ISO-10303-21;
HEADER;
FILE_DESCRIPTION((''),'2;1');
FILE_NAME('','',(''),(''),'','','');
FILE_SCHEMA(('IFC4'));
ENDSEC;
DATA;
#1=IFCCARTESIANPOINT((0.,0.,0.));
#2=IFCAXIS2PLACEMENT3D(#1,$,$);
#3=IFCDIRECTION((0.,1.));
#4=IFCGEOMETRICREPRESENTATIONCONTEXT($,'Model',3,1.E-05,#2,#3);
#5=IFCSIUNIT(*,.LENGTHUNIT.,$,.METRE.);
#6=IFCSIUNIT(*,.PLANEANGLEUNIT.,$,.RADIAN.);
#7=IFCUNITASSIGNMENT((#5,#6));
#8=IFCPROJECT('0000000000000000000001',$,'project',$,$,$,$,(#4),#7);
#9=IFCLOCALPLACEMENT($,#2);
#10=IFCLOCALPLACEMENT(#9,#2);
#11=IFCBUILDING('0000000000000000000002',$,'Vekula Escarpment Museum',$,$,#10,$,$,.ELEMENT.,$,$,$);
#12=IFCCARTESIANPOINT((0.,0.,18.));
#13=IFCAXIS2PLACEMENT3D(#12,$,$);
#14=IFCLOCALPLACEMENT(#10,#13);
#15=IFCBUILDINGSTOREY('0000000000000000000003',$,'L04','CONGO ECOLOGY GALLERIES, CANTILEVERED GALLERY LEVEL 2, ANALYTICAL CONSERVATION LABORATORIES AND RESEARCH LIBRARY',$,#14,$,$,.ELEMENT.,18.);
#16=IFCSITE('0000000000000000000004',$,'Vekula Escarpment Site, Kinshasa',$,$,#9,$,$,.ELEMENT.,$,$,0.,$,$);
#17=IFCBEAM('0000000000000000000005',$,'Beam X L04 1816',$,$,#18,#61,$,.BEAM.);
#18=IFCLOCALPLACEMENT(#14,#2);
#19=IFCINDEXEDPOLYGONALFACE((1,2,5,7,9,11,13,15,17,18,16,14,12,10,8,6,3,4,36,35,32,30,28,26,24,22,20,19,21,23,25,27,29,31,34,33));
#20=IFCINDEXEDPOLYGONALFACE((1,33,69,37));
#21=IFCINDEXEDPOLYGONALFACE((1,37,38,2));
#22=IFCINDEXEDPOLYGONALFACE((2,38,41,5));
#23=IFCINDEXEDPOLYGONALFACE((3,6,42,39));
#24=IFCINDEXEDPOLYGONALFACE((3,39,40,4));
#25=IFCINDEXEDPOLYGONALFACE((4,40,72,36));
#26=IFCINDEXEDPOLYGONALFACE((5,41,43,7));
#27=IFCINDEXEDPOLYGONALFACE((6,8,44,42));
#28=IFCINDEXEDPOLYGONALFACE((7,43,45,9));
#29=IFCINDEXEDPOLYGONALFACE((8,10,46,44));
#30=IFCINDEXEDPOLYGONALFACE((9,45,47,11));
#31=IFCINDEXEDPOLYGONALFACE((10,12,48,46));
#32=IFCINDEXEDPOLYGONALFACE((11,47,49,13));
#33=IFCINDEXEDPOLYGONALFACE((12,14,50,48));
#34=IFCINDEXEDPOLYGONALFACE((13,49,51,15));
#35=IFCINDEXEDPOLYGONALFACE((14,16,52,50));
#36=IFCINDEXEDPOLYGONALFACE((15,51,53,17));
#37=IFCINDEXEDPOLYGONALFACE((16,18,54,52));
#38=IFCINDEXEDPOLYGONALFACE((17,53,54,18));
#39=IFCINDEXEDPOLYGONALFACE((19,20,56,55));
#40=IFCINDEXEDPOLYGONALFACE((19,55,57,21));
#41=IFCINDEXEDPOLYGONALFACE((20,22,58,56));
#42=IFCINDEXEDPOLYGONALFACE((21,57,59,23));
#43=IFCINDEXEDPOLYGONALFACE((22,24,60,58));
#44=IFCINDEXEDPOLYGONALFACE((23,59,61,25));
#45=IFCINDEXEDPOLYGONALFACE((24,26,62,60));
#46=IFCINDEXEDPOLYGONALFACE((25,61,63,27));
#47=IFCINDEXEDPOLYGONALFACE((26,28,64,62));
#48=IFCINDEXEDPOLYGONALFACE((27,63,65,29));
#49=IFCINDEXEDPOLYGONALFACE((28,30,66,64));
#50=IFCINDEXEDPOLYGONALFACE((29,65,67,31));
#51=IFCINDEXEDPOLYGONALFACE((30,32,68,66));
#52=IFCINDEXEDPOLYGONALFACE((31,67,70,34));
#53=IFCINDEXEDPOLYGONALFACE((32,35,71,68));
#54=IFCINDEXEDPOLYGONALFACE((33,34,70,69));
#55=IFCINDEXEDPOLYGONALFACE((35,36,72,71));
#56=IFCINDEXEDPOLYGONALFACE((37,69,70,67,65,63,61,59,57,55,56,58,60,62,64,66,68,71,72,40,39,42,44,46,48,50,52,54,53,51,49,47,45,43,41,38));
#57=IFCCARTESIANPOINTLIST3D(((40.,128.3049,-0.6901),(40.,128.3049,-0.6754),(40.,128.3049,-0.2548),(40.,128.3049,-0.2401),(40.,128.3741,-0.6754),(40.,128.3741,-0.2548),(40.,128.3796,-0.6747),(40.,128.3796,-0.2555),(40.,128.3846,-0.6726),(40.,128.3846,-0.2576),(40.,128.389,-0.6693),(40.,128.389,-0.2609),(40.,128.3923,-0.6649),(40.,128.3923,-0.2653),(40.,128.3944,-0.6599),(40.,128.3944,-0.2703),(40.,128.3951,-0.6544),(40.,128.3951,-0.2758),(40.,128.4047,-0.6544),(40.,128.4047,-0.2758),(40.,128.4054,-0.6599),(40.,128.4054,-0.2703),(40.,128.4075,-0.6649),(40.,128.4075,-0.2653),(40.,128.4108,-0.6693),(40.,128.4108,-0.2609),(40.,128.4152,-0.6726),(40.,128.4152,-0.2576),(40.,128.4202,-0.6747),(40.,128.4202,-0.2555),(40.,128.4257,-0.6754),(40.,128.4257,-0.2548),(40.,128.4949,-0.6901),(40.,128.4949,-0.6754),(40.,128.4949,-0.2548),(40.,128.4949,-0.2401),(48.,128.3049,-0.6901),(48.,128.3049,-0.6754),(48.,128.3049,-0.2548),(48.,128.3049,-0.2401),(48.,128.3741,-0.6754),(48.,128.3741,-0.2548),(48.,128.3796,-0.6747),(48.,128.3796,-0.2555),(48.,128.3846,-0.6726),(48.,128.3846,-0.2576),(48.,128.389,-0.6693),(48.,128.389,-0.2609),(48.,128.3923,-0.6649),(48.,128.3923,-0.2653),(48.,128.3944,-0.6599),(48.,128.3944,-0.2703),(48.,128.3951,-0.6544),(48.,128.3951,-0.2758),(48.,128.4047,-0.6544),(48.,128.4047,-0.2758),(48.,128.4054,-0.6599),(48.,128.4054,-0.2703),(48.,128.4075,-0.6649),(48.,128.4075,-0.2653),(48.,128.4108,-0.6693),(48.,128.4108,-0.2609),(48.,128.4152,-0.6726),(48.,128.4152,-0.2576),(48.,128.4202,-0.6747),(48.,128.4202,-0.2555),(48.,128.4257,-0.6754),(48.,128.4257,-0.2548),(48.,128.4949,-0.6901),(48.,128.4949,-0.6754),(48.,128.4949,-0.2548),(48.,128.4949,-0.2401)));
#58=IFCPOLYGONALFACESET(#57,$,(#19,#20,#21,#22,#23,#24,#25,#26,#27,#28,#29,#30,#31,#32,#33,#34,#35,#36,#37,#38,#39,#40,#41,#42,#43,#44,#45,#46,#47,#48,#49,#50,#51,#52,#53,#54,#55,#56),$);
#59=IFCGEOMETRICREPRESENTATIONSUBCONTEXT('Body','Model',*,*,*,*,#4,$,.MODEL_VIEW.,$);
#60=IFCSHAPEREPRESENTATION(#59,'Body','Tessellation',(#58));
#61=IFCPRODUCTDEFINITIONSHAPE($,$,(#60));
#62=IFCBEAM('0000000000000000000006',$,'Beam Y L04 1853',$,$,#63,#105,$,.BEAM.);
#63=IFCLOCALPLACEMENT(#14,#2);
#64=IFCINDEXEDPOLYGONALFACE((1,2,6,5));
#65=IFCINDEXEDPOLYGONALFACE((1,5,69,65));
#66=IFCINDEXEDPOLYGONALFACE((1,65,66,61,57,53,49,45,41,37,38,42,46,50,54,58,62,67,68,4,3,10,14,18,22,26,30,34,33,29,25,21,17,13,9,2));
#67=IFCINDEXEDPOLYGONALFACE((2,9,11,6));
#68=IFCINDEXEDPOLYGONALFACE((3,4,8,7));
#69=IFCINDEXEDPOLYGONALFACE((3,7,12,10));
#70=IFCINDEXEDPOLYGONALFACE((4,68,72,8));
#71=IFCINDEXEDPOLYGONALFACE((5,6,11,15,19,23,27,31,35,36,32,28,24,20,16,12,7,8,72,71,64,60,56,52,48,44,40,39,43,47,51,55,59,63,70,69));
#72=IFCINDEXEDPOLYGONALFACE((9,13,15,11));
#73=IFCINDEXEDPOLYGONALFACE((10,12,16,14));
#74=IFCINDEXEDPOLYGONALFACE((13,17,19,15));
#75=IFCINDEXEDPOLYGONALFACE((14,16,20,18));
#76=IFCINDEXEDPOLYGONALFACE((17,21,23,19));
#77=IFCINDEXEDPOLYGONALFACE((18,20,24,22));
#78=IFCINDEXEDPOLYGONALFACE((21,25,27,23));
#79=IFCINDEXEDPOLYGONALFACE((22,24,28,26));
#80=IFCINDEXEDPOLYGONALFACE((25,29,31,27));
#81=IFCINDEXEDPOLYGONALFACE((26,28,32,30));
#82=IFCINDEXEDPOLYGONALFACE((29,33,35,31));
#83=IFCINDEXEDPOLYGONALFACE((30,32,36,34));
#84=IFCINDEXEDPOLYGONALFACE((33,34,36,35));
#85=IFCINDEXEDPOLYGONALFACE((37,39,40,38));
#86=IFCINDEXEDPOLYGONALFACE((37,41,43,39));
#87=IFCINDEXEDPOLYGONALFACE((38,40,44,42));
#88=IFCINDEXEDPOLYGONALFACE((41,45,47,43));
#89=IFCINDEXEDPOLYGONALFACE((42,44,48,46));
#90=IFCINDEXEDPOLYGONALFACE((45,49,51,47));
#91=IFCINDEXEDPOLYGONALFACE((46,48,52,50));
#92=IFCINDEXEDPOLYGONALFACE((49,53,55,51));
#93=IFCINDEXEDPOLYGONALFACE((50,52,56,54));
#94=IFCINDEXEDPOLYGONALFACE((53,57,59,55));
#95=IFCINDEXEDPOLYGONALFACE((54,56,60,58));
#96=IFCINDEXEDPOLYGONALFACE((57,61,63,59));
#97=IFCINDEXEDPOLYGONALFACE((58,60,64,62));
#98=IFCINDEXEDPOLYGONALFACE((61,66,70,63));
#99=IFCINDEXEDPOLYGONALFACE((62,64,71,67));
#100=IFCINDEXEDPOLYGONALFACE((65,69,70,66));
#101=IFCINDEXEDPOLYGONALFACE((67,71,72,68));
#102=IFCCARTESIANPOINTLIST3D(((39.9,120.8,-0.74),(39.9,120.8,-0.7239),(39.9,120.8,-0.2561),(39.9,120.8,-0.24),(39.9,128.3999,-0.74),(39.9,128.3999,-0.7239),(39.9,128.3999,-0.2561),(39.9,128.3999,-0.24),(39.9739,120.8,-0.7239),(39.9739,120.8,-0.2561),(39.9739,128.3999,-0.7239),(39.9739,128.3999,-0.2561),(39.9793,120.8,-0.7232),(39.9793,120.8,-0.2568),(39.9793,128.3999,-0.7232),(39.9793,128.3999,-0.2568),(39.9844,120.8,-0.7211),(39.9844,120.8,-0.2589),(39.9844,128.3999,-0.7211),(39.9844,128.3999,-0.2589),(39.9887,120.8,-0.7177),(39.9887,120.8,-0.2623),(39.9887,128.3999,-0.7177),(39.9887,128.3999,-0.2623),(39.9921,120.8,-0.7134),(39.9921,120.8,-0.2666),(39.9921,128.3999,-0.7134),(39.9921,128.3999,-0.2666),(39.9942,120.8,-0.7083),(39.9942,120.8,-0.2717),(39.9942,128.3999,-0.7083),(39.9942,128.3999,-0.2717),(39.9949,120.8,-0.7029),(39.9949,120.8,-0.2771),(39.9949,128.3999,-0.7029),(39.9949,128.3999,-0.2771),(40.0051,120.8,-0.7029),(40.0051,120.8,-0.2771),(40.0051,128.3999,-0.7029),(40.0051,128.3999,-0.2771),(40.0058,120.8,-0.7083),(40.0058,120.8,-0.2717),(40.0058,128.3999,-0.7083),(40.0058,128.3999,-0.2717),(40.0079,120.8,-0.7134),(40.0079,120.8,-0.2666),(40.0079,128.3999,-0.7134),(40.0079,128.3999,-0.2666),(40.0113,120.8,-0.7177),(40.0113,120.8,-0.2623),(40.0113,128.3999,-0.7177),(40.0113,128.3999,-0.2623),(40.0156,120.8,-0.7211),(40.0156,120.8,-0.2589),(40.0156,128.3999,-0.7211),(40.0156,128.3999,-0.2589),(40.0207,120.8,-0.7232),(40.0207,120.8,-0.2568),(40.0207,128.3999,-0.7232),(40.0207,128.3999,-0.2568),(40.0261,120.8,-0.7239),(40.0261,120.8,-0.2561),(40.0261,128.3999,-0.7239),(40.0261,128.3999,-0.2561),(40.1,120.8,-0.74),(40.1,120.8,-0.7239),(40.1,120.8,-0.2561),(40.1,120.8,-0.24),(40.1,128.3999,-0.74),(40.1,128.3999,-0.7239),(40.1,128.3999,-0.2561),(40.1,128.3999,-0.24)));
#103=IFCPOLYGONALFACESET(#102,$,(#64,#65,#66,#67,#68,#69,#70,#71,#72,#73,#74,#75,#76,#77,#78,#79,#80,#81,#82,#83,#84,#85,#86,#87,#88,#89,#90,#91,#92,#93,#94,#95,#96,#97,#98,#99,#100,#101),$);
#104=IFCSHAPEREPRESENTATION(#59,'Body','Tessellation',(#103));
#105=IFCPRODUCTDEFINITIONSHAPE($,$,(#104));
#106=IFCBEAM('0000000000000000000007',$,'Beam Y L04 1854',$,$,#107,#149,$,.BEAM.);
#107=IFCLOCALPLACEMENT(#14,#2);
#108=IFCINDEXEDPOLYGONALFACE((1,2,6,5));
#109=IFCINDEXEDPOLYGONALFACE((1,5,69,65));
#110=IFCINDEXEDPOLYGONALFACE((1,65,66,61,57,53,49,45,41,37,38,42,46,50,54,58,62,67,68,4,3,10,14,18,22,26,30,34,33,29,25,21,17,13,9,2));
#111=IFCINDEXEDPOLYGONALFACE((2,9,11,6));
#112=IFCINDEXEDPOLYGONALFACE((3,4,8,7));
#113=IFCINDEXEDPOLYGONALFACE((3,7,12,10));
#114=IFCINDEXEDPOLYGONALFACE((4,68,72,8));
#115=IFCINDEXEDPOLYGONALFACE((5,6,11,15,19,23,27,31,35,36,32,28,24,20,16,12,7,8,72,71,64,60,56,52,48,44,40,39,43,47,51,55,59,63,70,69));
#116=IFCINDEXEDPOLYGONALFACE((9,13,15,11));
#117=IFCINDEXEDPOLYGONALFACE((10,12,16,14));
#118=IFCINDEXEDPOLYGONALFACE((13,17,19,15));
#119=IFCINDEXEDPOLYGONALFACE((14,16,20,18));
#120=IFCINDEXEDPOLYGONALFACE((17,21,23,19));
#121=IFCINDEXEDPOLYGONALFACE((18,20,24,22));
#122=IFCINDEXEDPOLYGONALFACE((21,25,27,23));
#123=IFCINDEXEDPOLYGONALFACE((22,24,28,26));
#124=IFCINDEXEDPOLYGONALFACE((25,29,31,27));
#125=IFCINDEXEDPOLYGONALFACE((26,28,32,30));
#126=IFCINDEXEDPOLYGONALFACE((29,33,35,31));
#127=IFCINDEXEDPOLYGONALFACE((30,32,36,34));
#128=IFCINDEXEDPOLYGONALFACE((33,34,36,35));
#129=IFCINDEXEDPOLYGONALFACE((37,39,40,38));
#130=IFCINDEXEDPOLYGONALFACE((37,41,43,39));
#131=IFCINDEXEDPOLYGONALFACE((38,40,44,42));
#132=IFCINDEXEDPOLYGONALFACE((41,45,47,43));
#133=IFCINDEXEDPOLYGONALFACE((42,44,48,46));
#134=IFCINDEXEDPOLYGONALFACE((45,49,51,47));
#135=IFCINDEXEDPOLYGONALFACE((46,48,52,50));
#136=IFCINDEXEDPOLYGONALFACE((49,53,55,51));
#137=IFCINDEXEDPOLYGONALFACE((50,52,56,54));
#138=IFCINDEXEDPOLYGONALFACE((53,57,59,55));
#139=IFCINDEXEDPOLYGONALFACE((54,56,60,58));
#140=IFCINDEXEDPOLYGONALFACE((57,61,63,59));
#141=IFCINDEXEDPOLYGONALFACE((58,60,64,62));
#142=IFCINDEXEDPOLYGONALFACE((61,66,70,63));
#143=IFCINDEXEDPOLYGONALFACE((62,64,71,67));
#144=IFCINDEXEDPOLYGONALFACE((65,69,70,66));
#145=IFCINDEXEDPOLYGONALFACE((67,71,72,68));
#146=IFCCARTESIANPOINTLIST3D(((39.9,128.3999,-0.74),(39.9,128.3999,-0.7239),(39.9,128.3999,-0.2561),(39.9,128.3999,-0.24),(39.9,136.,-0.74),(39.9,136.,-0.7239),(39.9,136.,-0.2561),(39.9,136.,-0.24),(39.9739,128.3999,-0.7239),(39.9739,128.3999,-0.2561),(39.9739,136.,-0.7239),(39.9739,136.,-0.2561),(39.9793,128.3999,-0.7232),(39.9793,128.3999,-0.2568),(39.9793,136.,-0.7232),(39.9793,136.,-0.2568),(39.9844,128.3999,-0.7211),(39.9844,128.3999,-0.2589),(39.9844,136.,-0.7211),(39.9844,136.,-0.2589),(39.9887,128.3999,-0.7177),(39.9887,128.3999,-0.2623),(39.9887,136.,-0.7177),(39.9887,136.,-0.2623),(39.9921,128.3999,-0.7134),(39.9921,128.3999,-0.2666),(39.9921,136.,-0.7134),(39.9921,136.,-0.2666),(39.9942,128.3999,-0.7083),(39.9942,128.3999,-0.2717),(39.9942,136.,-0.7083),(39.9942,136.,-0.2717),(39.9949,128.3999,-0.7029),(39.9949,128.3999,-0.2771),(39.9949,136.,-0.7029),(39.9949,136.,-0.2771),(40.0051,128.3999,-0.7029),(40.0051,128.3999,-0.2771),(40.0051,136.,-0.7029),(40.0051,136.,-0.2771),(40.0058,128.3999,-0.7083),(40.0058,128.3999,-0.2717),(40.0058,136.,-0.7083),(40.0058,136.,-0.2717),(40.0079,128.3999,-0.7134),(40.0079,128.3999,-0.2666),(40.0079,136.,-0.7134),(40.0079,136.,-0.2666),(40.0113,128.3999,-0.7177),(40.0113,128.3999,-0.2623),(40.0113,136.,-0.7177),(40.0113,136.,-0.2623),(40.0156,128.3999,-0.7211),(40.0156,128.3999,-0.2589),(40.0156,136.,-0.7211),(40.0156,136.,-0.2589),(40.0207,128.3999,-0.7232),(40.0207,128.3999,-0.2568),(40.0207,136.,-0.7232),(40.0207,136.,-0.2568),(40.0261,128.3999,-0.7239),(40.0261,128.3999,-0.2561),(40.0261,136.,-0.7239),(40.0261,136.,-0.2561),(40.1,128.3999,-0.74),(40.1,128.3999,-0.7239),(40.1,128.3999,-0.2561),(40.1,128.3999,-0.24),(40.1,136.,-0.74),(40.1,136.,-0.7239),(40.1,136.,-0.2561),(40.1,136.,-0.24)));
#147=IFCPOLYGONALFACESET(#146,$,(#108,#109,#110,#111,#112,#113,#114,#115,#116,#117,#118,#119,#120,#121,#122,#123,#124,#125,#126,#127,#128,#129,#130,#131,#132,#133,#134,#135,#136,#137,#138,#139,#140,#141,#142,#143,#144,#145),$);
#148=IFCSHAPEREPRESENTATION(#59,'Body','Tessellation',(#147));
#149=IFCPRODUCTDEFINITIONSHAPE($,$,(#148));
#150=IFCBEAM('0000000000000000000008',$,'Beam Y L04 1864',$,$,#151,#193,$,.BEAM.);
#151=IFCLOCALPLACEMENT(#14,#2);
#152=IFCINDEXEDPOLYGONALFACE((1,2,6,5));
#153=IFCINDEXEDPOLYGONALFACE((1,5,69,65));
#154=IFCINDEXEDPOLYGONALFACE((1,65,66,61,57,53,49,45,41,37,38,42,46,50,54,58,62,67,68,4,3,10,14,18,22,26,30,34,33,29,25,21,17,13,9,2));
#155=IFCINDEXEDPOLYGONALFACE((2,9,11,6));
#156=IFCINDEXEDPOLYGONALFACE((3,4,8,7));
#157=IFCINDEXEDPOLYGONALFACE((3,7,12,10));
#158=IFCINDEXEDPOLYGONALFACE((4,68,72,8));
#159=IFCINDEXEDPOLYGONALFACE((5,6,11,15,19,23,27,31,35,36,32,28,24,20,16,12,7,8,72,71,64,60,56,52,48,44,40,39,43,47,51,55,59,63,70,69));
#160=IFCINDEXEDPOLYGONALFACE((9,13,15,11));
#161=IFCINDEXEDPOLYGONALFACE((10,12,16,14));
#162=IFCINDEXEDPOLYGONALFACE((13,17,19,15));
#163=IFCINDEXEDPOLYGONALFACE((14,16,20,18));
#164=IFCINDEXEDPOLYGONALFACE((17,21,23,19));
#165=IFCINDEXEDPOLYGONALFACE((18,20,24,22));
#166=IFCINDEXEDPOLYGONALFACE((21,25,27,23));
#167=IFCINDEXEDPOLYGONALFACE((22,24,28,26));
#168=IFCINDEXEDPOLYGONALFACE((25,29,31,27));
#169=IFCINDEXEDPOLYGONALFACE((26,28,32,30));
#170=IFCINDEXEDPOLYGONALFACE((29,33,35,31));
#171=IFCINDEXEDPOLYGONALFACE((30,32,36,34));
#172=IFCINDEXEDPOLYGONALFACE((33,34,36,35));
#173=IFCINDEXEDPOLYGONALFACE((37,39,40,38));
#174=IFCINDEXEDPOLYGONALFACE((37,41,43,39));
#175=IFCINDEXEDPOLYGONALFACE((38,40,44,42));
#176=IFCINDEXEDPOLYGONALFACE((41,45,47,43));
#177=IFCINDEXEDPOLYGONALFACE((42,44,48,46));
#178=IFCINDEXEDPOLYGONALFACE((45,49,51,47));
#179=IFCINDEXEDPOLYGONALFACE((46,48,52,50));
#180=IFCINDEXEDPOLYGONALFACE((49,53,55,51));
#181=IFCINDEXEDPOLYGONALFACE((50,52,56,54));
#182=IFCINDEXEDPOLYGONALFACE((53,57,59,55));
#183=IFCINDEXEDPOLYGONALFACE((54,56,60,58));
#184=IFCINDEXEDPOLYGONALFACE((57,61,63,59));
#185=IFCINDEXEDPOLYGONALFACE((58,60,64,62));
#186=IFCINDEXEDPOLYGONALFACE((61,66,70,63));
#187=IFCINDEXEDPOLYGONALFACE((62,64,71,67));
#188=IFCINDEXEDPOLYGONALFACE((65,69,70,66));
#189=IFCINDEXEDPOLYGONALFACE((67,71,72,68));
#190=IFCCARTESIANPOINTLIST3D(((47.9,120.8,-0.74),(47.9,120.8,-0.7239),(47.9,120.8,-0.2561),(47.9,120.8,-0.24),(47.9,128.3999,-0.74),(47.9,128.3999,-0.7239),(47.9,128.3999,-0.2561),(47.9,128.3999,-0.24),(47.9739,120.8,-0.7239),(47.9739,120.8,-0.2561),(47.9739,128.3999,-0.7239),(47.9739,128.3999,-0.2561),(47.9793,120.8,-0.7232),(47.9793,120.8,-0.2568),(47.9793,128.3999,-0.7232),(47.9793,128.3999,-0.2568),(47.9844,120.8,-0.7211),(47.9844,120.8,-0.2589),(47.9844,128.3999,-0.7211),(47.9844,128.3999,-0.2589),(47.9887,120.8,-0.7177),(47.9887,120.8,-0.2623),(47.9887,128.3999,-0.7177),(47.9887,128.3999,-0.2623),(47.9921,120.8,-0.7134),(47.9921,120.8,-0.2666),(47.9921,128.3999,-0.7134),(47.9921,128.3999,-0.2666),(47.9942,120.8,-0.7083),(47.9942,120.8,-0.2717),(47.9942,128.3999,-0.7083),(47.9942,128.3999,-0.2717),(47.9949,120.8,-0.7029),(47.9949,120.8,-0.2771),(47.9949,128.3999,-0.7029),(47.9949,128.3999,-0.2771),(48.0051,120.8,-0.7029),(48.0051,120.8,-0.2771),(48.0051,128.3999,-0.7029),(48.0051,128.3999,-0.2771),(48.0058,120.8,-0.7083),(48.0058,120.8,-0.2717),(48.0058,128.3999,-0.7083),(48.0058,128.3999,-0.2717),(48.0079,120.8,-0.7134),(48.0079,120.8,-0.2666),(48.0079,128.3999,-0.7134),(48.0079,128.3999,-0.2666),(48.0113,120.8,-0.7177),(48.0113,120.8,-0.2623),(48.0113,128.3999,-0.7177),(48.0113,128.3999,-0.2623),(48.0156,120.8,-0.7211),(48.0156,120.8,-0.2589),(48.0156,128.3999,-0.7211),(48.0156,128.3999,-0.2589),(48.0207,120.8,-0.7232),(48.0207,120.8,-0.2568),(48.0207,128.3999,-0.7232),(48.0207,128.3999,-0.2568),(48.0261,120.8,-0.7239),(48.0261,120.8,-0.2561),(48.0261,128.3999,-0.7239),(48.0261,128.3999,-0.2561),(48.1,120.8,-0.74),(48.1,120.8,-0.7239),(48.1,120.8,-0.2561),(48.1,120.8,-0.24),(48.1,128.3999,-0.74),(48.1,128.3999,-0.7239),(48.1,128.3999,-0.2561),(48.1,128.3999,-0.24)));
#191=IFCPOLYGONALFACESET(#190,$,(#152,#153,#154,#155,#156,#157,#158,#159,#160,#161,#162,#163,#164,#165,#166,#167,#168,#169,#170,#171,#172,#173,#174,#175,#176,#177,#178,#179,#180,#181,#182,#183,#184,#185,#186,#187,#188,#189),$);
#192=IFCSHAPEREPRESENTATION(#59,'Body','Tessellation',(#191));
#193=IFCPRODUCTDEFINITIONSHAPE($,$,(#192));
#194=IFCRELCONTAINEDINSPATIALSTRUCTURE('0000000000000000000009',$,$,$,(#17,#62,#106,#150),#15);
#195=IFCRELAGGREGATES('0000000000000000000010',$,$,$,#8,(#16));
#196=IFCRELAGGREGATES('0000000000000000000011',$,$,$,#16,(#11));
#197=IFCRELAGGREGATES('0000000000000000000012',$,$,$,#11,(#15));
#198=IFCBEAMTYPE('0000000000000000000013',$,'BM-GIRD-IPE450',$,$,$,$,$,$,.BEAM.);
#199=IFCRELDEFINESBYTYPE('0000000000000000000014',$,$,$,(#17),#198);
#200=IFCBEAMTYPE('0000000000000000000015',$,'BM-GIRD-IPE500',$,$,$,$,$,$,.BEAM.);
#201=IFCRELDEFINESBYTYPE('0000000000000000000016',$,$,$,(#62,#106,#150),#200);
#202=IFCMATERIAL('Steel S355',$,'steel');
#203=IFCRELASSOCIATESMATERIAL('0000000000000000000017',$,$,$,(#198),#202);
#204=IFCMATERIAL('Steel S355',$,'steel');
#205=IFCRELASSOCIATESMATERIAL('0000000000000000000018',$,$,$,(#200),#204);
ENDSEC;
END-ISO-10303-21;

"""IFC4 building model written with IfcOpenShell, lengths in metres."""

from ifc_helpers import new_model, si_unit, direction, frame, origin, origin_2d, place, context, subcontext, project, spatial, i_section, extrude, material, material_profile, profile_set, type_object, element, save


model = new_model("IFC4")

# Units and contexts
model_context = context("Model", 3, precision=1e-05, world=origin(), true_north=direction((0.0, 1.0)))
body_context = subcontext(model_context, "Body", "Model", "MODEL_VIEW")
ifc_project = project(units=[si_unit("LENGTHUNIT", "METRE"), si_unit("PLANEANGLEUNIT", "RADIAN")], contexts=[model_context])

# Site, building, storey
site_placement = place(None, origin())
site = spatial("IfcSite", under=ifc_project, at=site_placement, Name="Vekula Escarpment Site, Kinshasa", CompositionType="ELEMENT", RefElevation=0.0)
building_placement = place(site_placement, origin())
building = spatial("IfcBuilding", under=site, at=building_placement, Name="Vekula Escarpment Museum", CompositionType="ELEMENT")
storey_placement = place(building_placement, frame((0.0, 0.0, 18.0)))
storey = spatial("IfcBuildingStorey", under=building, at=storey_placement, Name="L04", Description="CONGO ECOLOGY GALLERIES, CANTILEVERED GALLERY LEVEL 2, ANALYTICAL CONSERVATION LABORATORIES AND RESEARCH LIBRARY", CompositionType="ELEMENT", Elevation=18.0)

# Beams
ifc_material_1 = material(Name="Steel S355", Category="steel")
ifc_material_profile_1 = material_profile(ifc_material_1, i_section(OverallWidth=0.1899, OverallDepth=0.45, WebThickness=0.0095, FlangeThickness=0.0146, FilletRadius=0.021, at=origin_2d()), Name="IPE 450")
ifc_profile_set_1 = profile_set([ifc_material_profile_1], Name="Steel S355")
beam_type_1 = type_object("IfcBeamType", Name="BM-GIRD-IPE450", PredefinedType="BEAM", material=ifc_profile_set_1)
for number, where, z_axis, x_axis, name in (
    (1, (40.0, 128.3999, -0.4651), (1.0, 0.0, 0.0), (0.0, 1.0, 0.0), "Beam X L04 1816"),
):
    element("IfcBeam", number, at=place(storey_placement, frame(where, z_axis=z_axis, x_axis=x_axis)), inside=storey, type_object=beam_type_1, Name=name, PredefinedType="BEAM", context=body_context, shape_type="SweptSolid", body=[
        extrude(i_section(OverallWidth=0.1899, OverallDepth=0.45, WebThickness=0.0095, FlangeThickness=0.0146, FilletRadius=0.021, at=origin_2d()), origin(), (0.0, 0.0, 1.0), 8.0),
    ])
ifc_material_2 = material(Name="Steel S355", Category="steel")
ifc_material_profile_2 = material_profile(ifc_material_2, i_section(OverallWidth=0.2, OverallDepth=0.5, WebThickness=0.0103, FlangeThickness=0.0161, FilletRadius=0.021, at=origin_2d()), Name="IPE 500")
ifc_profile_set_2 = profile_set([ifc_material_profile_2], Name="Steel S355")
beam_type_2 = type_object("IfcBeamType", Name="BM-GIRD-IPE500", PredefinedType="BEAM", material=ifc_profile_set_2)
beam_1_placement = place(storey_placement, frame((40.0, 120.8, -0.49), z_axis=(0.0, 1.0, 0.0), x_axis=(-1.0, 0.0, 0.0)))
element("IfcBeam", 2, at=beam_1_placement, inside=storey, type_object=beam_type_2, Name="Beam Y L04 1853", PredefinedType="BEAM", context=body_context, shape_type="SweptSolid", body=[
    extrude(i_section(OverallWidth=0.2, OverallDepth=0.5, WebThickness=0.0103, FlangeThickness=0.0161, FilletRadius=0.021, at=origin_2d()), origin(), (0.0, 0.0, 1.0), 7.5999),
])
beam_2_placement = place(storey_placement, frame((40.0, 128.3999, -0.49), z_axis=(0.0, 1.0, 0.0), x_axis=(-1.0, 0.0, 0.0)))
element("IfcBeam", 3, at=beam_2_placement, inside=storey, type_object=beam_type_2, Name="Beam Y L04 1854", PredefinedType="BEAM", context=body_context, shape_type="SweptSolid", body=[
    extrude(i_section(OverallWidth=0.2, OverallDepth=0.5, WebThickness=0.0103, FlangeThickness=0.0161, FilletRadius=0.021, at=origin_2d()), origin(), (0.0, 0.0, 1.0), 7.6001),
])
beam_3_placement = place(storey_placement, frame((48.0, 120.8, -0.49), z_axis=(0.0, 1.0, 0.0), x_axis=(-1.0, 0.0, 0.0)))
element("IfcBeam", 4, at=beam_3_placement, inside=storey, type_object=beam_type_2, Name="Beam Y L04 1864", PredefinedType="BEAM", context=body_context, shape_type="SweptSolid", body=[
    extrude(i_section(OverallWidth=0.2, OverallDepth=0.5, WebThickness=0.0103, FlangeThickness=0.0161, FilletRadius=0.021, at=origin_2d()), origin(), (0.0, 0.0, 1.0), 7.5999),
])

save(model, "model.ifc")
